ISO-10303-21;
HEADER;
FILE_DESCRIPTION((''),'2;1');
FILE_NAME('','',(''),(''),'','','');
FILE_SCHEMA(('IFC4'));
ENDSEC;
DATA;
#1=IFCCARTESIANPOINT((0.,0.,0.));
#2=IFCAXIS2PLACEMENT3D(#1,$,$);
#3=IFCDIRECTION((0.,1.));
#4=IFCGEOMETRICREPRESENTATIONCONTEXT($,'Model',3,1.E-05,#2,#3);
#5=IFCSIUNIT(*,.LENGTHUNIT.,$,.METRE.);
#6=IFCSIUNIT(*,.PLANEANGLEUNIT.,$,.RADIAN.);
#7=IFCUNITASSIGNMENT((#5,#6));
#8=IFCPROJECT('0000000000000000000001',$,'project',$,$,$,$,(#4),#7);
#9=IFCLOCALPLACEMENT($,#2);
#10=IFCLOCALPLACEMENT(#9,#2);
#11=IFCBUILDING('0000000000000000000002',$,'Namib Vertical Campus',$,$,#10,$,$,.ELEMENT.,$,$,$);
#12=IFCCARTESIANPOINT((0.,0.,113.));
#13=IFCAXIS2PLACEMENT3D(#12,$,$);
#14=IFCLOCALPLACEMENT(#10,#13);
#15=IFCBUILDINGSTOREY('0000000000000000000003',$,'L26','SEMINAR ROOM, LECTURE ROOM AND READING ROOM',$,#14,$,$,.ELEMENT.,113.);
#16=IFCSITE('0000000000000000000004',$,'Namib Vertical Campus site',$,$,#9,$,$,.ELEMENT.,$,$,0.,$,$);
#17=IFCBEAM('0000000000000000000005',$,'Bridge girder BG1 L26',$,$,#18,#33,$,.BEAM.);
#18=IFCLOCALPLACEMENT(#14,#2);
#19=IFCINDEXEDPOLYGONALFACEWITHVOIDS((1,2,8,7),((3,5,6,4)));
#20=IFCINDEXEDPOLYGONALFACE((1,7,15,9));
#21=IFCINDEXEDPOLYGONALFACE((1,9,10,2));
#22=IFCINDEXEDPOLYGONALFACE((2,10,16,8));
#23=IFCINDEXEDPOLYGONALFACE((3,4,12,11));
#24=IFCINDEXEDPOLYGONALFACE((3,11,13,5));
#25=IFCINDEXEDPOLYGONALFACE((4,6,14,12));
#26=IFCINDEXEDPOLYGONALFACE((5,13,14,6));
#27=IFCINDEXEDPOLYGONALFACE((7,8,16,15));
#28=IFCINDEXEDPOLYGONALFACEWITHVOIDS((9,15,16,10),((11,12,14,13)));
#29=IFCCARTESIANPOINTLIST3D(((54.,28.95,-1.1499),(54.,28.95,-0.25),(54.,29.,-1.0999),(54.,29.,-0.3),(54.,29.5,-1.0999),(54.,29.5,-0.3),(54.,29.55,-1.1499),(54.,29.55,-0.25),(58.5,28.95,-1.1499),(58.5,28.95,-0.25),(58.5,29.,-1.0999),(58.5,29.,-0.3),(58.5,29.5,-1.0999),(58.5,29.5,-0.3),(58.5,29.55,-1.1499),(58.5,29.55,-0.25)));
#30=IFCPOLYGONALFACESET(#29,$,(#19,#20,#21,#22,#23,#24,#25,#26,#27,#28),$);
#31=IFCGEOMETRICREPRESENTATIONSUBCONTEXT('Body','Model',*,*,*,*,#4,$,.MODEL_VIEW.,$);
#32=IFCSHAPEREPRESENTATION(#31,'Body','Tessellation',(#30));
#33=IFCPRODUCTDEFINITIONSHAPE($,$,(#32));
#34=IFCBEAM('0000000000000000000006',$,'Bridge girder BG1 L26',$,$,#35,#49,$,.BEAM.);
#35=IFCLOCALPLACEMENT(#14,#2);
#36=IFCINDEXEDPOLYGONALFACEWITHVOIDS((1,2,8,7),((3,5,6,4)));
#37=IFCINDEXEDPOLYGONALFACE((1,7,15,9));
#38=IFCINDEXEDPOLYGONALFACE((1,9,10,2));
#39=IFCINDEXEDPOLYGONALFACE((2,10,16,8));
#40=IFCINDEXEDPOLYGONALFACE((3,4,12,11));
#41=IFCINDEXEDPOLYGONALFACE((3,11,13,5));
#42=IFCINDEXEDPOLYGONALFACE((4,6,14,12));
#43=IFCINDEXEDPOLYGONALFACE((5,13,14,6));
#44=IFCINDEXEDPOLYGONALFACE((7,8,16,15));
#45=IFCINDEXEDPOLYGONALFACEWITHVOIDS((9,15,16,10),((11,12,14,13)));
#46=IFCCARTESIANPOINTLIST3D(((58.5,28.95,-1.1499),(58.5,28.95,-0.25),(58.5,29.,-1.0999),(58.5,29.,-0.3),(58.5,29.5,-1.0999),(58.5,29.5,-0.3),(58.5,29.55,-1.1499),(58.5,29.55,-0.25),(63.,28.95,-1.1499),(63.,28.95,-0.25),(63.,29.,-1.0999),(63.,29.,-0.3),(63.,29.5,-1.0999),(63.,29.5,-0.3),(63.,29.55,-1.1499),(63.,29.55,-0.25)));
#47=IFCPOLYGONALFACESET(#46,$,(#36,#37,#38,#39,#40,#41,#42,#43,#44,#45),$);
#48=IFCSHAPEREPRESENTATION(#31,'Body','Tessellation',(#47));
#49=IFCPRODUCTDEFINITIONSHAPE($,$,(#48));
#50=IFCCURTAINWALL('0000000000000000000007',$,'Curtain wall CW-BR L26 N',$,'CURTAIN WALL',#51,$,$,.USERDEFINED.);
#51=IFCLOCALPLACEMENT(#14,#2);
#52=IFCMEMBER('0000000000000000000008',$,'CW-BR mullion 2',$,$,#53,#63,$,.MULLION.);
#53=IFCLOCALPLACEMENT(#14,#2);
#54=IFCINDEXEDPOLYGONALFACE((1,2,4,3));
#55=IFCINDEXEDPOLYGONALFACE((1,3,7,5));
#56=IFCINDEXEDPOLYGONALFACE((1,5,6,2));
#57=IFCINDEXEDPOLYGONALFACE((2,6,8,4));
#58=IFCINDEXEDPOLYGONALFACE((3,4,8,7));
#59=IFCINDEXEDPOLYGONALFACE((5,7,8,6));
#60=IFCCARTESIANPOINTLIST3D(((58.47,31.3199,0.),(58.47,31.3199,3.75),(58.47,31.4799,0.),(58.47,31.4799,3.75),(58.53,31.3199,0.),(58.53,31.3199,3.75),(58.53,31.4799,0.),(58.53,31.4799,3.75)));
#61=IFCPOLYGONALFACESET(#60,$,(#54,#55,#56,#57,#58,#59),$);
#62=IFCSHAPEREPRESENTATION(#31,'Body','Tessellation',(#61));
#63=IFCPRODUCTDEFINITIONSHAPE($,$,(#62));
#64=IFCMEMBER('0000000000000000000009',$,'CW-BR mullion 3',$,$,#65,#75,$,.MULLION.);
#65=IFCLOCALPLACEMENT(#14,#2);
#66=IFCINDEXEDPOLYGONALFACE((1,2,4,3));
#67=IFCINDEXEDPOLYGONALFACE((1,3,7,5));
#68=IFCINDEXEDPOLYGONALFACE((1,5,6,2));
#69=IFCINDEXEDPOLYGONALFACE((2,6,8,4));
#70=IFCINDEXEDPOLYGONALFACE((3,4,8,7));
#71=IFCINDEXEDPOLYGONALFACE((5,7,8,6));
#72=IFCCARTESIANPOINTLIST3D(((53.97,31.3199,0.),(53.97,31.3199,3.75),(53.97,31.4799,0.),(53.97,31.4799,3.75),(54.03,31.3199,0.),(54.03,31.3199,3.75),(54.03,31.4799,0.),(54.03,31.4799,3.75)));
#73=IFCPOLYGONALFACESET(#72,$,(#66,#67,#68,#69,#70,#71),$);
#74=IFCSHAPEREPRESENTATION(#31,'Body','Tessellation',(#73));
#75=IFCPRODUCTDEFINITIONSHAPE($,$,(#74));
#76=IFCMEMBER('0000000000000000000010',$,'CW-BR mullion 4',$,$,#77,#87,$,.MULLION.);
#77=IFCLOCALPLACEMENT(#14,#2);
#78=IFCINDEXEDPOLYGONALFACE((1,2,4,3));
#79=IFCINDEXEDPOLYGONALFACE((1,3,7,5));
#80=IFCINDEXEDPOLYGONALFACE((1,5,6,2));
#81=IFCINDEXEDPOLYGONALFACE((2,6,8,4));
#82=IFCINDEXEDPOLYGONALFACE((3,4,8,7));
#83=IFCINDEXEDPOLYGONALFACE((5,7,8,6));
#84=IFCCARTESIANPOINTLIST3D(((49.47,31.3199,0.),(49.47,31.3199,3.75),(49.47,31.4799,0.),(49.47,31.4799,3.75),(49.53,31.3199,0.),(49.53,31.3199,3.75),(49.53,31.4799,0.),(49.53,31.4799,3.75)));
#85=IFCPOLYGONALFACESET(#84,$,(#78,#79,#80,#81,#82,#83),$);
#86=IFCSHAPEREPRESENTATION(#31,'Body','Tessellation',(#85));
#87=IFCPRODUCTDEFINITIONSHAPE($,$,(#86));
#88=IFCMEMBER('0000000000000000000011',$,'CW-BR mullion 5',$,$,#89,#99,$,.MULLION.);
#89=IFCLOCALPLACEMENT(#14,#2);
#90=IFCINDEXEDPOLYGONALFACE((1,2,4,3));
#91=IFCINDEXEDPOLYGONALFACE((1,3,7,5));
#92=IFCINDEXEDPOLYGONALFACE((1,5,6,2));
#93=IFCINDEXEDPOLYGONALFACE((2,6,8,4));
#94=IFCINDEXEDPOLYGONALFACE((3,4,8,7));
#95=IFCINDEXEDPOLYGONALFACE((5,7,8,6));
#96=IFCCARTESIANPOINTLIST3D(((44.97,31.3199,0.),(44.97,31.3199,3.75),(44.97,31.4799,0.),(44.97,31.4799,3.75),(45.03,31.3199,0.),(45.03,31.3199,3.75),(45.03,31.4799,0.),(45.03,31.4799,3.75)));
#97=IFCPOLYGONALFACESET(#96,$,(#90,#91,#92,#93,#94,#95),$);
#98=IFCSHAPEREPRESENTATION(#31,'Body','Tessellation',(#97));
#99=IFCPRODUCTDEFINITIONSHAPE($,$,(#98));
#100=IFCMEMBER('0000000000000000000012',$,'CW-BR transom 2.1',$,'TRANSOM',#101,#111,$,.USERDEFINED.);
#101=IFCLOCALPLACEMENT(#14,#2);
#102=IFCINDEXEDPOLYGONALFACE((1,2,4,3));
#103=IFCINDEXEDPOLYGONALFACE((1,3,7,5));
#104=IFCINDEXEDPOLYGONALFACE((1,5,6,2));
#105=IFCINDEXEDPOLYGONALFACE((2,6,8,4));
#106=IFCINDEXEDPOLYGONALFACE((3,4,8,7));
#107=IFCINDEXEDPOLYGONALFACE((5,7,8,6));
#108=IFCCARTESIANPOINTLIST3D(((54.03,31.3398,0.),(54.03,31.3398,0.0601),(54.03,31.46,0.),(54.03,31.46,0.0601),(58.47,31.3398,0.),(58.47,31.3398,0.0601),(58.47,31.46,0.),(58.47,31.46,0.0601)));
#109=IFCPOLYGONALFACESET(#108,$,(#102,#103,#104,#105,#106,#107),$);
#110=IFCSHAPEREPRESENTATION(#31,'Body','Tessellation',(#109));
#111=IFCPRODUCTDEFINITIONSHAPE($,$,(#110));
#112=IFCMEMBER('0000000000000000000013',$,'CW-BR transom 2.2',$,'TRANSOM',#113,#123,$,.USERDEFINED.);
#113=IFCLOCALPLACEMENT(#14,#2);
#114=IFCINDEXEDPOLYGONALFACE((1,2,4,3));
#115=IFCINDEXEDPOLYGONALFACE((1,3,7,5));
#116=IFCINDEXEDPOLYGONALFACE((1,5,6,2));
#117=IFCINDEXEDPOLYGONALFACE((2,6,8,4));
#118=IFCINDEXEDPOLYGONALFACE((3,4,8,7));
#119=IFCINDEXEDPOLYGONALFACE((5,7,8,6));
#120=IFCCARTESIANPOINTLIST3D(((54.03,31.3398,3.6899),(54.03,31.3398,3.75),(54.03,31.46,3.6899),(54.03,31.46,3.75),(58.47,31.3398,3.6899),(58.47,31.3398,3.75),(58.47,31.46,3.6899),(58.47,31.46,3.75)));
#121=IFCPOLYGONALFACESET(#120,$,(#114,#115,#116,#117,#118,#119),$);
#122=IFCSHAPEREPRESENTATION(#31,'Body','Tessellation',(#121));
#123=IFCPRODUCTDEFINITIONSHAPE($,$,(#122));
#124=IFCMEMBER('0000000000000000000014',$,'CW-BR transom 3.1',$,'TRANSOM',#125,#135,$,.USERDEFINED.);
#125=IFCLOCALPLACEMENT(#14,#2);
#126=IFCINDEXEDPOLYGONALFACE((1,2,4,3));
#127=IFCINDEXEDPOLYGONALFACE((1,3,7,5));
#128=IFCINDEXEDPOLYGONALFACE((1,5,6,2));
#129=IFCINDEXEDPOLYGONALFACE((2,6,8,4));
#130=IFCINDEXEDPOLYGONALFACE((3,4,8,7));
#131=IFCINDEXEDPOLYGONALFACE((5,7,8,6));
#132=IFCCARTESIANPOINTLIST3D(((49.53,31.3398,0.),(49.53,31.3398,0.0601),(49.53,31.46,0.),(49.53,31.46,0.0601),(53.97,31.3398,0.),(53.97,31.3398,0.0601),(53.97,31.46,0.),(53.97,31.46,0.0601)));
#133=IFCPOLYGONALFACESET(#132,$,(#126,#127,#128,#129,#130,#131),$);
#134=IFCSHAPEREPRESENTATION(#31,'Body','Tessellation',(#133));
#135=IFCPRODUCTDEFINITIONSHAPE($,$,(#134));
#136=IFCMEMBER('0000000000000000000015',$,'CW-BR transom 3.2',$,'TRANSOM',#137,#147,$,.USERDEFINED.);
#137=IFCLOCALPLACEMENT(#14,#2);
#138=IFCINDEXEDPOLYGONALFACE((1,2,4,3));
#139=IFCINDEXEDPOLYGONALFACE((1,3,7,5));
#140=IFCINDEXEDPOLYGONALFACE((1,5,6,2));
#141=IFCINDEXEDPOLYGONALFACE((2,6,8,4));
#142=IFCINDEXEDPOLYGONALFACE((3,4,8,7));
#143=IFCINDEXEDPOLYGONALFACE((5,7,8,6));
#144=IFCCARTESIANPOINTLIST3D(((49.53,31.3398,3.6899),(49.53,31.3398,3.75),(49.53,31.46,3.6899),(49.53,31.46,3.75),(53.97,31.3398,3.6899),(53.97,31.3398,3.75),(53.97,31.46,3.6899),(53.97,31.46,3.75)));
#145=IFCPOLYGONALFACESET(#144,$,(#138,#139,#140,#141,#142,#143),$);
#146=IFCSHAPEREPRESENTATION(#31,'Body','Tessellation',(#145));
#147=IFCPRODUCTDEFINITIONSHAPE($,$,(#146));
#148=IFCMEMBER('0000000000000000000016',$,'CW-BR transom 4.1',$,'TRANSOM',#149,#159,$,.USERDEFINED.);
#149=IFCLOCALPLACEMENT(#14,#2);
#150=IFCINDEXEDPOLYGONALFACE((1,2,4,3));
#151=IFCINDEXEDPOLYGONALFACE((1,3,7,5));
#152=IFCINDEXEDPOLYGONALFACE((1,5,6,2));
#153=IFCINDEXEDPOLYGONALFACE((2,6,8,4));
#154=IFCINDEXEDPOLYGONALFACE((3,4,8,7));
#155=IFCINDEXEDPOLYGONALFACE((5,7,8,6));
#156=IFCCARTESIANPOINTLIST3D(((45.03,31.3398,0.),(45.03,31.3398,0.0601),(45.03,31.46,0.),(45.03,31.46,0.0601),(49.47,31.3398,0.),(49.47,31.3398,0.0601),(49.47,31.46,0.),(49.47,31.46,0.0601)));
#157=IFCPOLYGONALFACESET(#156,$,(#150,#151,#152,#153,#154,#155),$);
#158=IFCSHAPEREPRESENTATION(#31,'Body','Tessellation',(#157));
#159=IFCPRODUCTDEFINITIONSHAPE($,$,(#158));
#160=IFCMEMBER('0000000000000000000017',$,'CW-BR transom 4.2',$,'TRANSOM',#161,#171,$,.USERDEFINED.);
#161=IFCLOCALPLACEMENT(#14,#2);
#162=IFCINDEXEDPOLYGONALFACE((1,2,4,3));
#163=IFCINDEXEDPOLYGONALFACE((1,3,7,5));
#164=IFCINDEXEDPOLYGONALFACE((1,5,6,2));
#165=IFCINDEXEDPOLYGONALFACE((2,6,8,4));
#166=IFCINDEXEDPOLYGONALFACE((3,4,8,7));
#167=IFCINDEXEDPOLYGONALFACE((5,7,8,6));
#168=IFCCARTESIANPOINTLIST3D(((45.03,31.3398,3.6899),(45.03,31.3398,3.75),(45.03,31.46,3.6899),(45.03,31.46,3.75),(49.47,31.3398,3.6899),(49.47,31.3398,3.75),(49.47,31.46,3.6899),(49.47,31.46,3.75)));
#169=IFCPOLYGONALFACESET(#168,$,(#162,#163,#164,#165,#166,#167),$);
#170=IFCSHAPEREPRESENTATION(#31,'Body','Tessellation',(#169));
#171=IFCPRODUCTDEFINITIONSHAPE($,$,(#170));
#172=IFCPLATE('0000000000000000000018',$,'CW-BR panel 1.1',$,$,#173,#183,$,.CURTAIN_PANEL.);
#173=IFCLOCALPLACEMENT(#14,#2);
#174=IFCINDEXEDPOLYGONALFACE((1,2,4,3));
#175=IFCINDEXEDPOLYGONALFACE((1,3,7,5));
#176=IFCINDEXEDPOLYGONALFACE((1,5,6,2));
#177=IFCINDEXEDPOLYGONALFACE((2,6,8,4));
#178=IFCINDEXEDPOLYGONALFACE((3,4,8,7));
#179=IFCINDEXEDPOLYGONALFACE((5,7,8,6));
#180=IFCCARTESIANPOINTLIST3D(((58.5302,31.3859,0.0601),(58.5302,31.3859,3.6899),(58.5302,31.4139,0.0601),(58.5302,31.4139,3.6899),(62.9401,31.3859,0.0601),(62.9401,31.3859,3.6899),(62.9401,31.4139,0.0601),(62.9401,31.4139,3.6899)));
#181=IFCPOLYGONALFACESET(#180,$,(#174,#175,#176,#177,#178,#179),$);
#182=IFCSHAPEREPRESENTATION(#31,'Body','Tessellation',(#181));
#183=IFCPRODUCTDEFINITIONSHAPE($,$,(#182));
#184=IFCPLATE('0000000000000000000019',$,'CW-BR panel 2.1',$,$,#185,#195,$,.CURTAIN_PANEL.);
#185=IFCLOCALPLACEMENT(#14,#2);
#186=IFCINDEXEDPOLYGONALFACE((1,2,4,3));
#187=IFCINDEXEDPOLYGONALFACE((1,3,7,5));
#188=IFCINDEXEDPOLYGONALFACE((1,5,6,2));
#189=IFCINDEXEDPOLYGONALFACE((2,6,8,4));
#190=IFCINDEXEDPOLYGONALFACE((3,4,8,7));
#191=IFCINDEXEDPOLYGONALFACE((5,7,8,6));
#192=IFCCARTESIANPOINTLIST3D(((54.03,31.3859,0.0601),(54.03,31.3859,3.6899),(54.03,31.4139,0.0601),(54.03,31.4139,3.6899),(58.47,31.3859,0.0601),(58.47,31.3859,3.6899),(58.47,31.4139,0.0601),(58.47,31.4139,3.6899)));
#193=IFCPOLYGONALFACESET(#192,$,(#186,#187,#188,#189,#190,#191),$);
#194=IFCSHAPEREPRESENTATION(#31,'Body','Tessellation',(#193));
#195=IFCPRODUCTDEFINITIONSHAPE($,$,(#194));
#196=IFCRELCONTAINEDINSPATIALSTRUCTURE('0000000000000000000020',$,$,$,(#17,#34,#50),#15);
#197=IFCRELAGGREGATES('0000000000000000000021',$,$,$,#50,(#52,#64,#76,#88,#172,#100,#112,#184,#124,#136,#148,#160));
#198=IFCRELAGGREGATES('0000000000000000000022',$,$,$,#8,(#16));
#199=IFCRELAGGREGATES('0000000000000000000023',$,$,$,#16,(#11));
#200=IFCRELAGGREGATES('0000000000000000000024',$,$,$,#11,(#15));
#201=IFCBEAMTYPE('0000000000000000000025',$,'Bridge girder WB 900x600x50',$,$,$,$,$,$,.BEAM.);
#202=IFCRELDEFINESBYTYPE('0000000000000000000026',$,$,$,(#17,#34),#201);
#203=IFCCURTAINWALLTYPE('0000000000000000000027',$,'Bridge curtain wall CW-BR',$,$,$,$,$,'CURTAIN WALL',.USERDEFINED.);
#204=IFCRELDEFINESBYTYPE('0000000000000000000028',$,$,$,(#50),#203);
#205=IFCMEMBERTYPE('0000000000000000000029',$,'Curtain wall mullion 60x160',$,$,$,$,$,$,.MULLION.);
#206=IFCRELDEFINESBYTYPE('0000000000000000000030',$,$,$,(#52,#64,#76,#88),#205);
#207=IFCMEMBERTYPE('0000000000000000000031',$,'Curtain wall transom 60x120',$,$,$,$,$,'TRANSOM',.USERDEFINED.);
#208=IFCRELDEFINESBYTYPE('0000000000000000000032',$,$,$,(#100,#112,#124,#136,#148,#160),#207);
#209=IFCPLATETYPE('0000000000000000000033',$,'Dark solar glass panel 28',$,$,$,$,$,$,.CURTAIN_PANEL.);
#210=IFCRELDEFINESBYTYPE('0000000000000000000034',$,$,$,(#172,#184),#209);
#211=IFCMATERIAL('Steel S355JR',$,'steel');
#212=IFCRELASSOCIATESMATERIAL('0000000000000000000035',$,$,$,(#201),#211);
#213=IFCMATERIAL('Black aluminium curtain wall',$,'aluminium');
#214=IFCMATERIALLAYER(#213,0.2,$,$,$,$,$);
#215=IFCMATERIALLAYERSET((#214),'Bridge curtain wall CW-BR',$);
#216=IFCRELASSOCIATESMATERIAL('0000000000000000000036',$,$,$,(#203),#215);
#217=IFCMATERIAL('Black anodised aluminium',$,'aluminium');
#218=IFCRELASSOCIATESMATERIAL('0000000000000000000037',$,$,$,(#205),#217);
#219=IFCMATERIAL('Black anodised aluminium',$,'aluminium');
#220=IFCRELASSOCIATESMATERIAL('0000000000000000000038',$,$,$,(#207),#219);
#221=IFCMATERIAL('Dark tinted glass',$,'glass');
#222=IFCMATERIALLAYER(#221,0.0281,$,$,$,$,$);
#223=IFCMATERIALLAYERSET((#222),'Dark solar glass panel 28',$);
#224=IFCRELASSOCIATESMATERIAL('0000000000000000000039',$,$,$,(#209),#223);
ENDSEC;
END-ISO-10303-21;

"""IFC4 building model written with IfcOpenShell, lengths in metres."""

from ifc_helpers import new_model, si_unit, direction, frame, origin, origin_2d, place, context, subcontext, project, spatial, rectangle, hollow_rectangle, extrude, material, layer, layer_set, material_profile, profile_set, type_object, element, aggregate, save


model = new_model("IFC4")

# Units and contexts
model_context = context("Model", 3, precision=1e-05, world=origin(), true_north=direction((0.0, 1.0)))
body_context = subcontext(model_context, "Body", "Model", "MODEL_VIEW")
ifc_project = project(units=[si_unit("LENGTHUNIT", "METRE"), si_unit("PLANEANGLEUNIT", "RADIAN")], contexts=[model_context])

# Site, building, storey
site_placement = place(None, origin())
site = spatial("IfcSite", under=ifc_project, at=site_placement, Name="Namib Vertical Campus site", CompositionType="ELEMENT", RefElevation=0.0)
building_placement = place(site_placement, origin())
building = spatial("IfcBuilding", under=site, at=building_placement, Name="Namib Vertical Campus", CompositionType="ELEMENT")
storey_placement = place(building_placement, frame((0.0, 0.0, 113.0)))
storey = spatial("IfcBuildingStorey", under=building, at=storey_placement, Name="L26", Description="SEMINAR ROOM, LECTURE ROOM AND READING ROOM", CompositionType="ELEMENT", Elevation=113.0)

# Beams
ifc_material_1 = material(Name="Steel S355JR", Category="steel")
ifc_material_profile_1 = material_profile(ifc_material_1, hollow_rectangle(XDim=0.6001, YDim=0.8999, WallThickness=0.05, at=origin_2d()))
ifc_profile_set_1 = profile_set([ifc_material_profile_1], Name="Steel S355JR")
beam_type_1 = type_object("IfcBeamType", Name="Bridge girder WB 900x600x50", PredefinedType="BEAM", material=ifc_profile_set_1)
for number, where, z_axis, x_axis, name in (
    (1, (54.0, 29.25, -0.7), (1.0, 0.0, 0.0), (0.0, 1.0, 0.0), "Bridge girder BG1 L26"),
    (2, (58.5, 29.25, -0.7), (1.0, 0.0, 0.0), (0.0, 1.0, 0.0), "Bridge girder BG1 L26"),
):
    element("IfcBeam", number, at=place(storey_placement, frame(where, z_axis=z_axis, x_axis=x_axis)), inside=storey, type_object=beam_type_1, Name=name, PredefinedType="BEAM", context=body_context, shape_type="SweptSolid", body=[
        extrude(hollow_rectangle(XDim=0.6001, YDim=0.8999, WallThickness=0.05, at=origin_2d()), origin(), (0.0, 0.0, 1.0), 4.5),
    ])

# Curtain wall, members, plates
ifc_material_2 = material(Name="Black aluminium curtain wall", Category="aluminium")
ifc_layer_1 = layer(ifc_material_2, 0.2)
ifc_layer_set_1 = layer_set([ifc_layer_1], Name="Bridge curtain wall CW-BR")
curtain_wall_type = type_object("IfcCurtainWallType", Name="Bridge curtain wall CW-BR", ElementType="CURTAIN WALL", PredefinedType="USERDEFINED", material=ifc_layer_set_1)
curtain_wall_placement = place(storey_placement, origin())
curtain_wall = element("IfcCurtainWall", 3, at=curtain_wall_placement, inside=storey, type_object=curtain_wall_type, Name="Curtain wall CW-BR L26 N", ObjectType="CURTAIN WALL", PredefinedType="USERDEFINED")
ifc_material_3 = material(Name="Black anodised aluminium", Category="aluminium")
ifc_material_profile_2 = material_profile(ifc_material_3, rectangle(XDim=0.0601, YDim=0.1599, at=origin_2d()))
ifc_profile_set_2 = profile_set([ifc_material_profile_2], Name="Black anodised aluminium")
member_type_1 = type_object("IfcMemberType", Name="Curtain wall mullion 60x160", PredefinedType="MULLION", material=ifc_profile_set_2)
member_1_placement = place(storey_placement, frame((58.5, 31.3999, 0.0), z_axis=(0.0, 0.0, 1.0), x_axis=(-1.0, 0.0, 0.0)))
member_1 = element("IfcMember", 4, at=member_1_placement, type_object=member_type_1, Name="CW-BR mullion 2", PredefinedType="MULLION", context=body_context, shape_type="SweptSolid", body=[
    extrude(rectangle(XDim=0.0601, YDim=0.1599, at=origin_2d()), origin(), (0.0, 0.0, 1.0), 3.75),
])
member_2_placement = place(storey_placement, frame((54.0, 31.3999, 0.0), z_axis=(0.0, 0.0, 1.0), x_axis=(-1.0, 0.0, 0.0)))
member_2 = element("IfcMember", 5, at=member_2_placement, type_object=member_type_1, Name="CW-BR mullion 3", PredefinedType="MULLION", context=body_context, shape_type="SweptSolid", body=[
    extrude(rectangle(XDim=0.0601, YDim=0.1599, at=origin_2d()), origin(), (0.0, 0.0, 1.0), 3.75),
])
member_3_placement = place(storey_placement, frame((49.5, 31.3999, 0.0), z_axis=(0.0, 0.0, 1.0), x_axis=(-1.0, 0.0, 0.0)))
member_3 = element("IfcMember", 6, at=member_3_placement, type_object=member_type_1, Name="CW-BR mullion 4", PredefinedType="MULLION", context=body_context, shape_type="SweptSolid", body=[
    extrude(rectangle(XDim=0.0601, YDim=0.1599, at=origin_2d()), origin(), (0.0, 0.0, 1.0), 3.75),
])
member_4_placement = place(storey_placement, frame((45.0, 31.3999, 0.0), z_axis=(0.0, 0.0, 1.0), x_axis=(-1.0, 0.0, 0.0)))
member_4 = element("IfcMember", 7, at=member_4_placement, type_object=member_type_1, Name="CW-BR mullion 5", PredefinedType="MULLION", context=body_context, shape_type="SweptSolid", body=[
    extrude(rectangle(XDim=0.0601, YDim=0.1599, at=origin_2d()), origin(), (0.0, 0.0, 1.0), 3.75),
])
ifc_material_4 = material(Name="Black anodised aluminium", Category="aluminium")
ifc_material_profile_3 = material_profile(ifc_material_4, rectangle(XDim=0.0601, YDim=0.1201, at=origin_2d()))
ifc_profile_set_3 = profile_set([ifc_material_profile_3], Name="Black anodised aluminium")
member_type_2 = type_object("IfcMemberType", Name="Curtain wall transom 60x120", ElementType="TRANSOM", PredefinedType="USERDEFINED", material=ifc_profile_set_3)
member_5_placement = place(storey_placement, frame((58.47, 31.3999, 0.03), z_axis=(-1.0, 0.0, 0.0), x_axis=(0.0, 0.0, 1.0)))
member_5 = element("IfcMember", 8, at=member_5_placement, type_object=member_type_2, Name="CW-BR transom 2.1", ObjectType="TRANSOM", PredefinedType="USERDEFINED", context=body_context, shape_type="SweptSolid", body=[
    extrude(rectangle(XDim=0.0601, YDim=0.1201, at=origin_2d()), origin(), (0.0, 0.0, 1.0), 4.4399),
])
member_6_placement = place(storey_placement, frame((58.47, 31.3999, 3.72), z_axis=(-1.0, 0.0, 0.0), x_axis=(0.0, 0.0, 1.0)))
member_6 = element("IfcMember", 9, at=member_6_placement, type_object=member_type_2, Name="CW-BR transom 2.2", ObjectType="TRANSOM", PredefinedType="USERDEFINED", context=body_context, shape_type="SweptSolid", body=[
    extrude(rectangle(XDim=0.0601, YDim=0.1201, at=origin_2d()), origin(), (0.0, 0.0, 1.0), 4.4399),
])
member_7_placement = place(storey_placement, frame((53.97, 31.3999, 0.03), z_axis=(-1.0, 0.0, 0.0), x_axis=(0.0, 0.0, 1.0)))
member_7 = element("IfcMember", 10, at=member_7_placement, type_object=member_type_2, Name="CW-BR transom 3.1", ObjectType="TRANSOM", PredefinedType="USERDEFINED", context=body_context, shape_type="SweptSolid", body=[
    extrude(rectangle(XDim=0.0601, YDim=0.1201, at=origin_2d()), origin(), (0.0, 0.0, 1.0), 4.4399),
])
member_8_placement = place(storey_placement, frame((53.97, 31.3999, 3.72), z_axis=(-1.0, 0.0, 0.0), x_axis=(0.0, 0.0, 1.0)))
member_8 = element("IfcMember", 11, at=member_8_placement, type_object=member_type_2, Name="CW-BR transom 3.2", ObjectType="TRANSOM", PredefinedType="USERDEFINED", context=body_context, shape_type="SweptSolid", body=[
    extrude(rectangle(XDim=0.0601, YDim=0.1201, at=origin_2d()), origin(), (0.0, 0.0, 1.0), 4.4399),
])
member_9_placement = place(storey_placement, frame((49.47, 31.3999, 0.03), z_axis=(-1.0, 0.0, 0.0), x_axis=(0.0, 0.0, 1.0)))
member_9 = element("IfcMember", 12, at=member_9_placement, type_object=member_type_2, Name="CW-BR transom 4.1", ObjectType="TRANSOM", PredefinedType="USERDEFINED", context=body_context, shape_type="SweptSolid", body=[
    extrude(rectangle(XDim=0.0601, YDim=0.1201, at=origin_2d()), origin(), (0.0, 0.0, 1.0), 4.4399),
])
member_10_placement = place(storey_placement, frame((49.47, 31.3999, 3.72), z_axis=(-1.0, 0.0, 0.0), x_axis=(0.0, 0.0, 1.0)))
member_10 = element("IfcMember", 13, at=member_10_placement, type_object=member_type_2, Name="CW-BR transom 4.2", ObjectType="TRANSOM", PredefinedType="USERDEFINED", context=body_context, shape_type="SweptSolid", body=[
    extrude(rectangle(XDim=0.0601, YDim=0.1201, at=origin_2d()), origin(), (0.0, 0.0, 1.0), 4.4399),
])
ifc_material_5 = material(Name="Dark tinted glass", Category="glass")
ifc_layer_2 = layer(ifc_material_5, 0.0281)
ifc_layer_set_2 = layer_set([ifc_layer_2], Name="Dark solar glass panel 28")
plate_type = type_object("IfcPlateType", Name="Dark solar glass panel 28", PredefinedType="CURTAIN_PANEL", material=ifc_layer_set_2)
plate_1_placement = place(storey_placement, frame((60.7351, 31.3999, 0.0601), z_axis=(0.0, 0.0, 1.0), x_axis=(-1.0, 0.0, 0.0)))
plate_1 = element("IfcPlate", 14, at=plate_1_placement, type_object=plate_type, Name="CW-BR panel 1.1", PredefinedType="CURTAIN_PANEL", context=body_context, shape_type="SweptSolid", body=[
    extrude(rectangle(XDim=4.4099, YDim=0.0281, at=origin_2d()), origin(), (0.0, 0.0, 1.0), 3.6299),
])
plate_2_placement = place(storey_placement, frame((56.25, 31.3999, 0.0601), z_axis=(0.0, 0.0, 1.0), x_axis=(-1.0, 0.0, 0.0)))
plate_2 = element("IfcPlate", 15, at=plate_2_placement, type_object=plate_type, Name="CW-BR panel 2.1", PredefinedType="CURTAIN_PANEL", context=body_context, shape_type="SweptSolid", body=[
    extrude(rectangle(XDim=4.4399, YDim=0.0281, at=origin_2d()), origin(), (0.0, 0.0, 1.0), 3.6299),
])
aggregate(curtain_wall, [member_1, member_2, member_3, member_4, plate_1, member_5, member_6, plate_2, member_7, member_8, member_9, member_10])

save(model, "model.ifc")
